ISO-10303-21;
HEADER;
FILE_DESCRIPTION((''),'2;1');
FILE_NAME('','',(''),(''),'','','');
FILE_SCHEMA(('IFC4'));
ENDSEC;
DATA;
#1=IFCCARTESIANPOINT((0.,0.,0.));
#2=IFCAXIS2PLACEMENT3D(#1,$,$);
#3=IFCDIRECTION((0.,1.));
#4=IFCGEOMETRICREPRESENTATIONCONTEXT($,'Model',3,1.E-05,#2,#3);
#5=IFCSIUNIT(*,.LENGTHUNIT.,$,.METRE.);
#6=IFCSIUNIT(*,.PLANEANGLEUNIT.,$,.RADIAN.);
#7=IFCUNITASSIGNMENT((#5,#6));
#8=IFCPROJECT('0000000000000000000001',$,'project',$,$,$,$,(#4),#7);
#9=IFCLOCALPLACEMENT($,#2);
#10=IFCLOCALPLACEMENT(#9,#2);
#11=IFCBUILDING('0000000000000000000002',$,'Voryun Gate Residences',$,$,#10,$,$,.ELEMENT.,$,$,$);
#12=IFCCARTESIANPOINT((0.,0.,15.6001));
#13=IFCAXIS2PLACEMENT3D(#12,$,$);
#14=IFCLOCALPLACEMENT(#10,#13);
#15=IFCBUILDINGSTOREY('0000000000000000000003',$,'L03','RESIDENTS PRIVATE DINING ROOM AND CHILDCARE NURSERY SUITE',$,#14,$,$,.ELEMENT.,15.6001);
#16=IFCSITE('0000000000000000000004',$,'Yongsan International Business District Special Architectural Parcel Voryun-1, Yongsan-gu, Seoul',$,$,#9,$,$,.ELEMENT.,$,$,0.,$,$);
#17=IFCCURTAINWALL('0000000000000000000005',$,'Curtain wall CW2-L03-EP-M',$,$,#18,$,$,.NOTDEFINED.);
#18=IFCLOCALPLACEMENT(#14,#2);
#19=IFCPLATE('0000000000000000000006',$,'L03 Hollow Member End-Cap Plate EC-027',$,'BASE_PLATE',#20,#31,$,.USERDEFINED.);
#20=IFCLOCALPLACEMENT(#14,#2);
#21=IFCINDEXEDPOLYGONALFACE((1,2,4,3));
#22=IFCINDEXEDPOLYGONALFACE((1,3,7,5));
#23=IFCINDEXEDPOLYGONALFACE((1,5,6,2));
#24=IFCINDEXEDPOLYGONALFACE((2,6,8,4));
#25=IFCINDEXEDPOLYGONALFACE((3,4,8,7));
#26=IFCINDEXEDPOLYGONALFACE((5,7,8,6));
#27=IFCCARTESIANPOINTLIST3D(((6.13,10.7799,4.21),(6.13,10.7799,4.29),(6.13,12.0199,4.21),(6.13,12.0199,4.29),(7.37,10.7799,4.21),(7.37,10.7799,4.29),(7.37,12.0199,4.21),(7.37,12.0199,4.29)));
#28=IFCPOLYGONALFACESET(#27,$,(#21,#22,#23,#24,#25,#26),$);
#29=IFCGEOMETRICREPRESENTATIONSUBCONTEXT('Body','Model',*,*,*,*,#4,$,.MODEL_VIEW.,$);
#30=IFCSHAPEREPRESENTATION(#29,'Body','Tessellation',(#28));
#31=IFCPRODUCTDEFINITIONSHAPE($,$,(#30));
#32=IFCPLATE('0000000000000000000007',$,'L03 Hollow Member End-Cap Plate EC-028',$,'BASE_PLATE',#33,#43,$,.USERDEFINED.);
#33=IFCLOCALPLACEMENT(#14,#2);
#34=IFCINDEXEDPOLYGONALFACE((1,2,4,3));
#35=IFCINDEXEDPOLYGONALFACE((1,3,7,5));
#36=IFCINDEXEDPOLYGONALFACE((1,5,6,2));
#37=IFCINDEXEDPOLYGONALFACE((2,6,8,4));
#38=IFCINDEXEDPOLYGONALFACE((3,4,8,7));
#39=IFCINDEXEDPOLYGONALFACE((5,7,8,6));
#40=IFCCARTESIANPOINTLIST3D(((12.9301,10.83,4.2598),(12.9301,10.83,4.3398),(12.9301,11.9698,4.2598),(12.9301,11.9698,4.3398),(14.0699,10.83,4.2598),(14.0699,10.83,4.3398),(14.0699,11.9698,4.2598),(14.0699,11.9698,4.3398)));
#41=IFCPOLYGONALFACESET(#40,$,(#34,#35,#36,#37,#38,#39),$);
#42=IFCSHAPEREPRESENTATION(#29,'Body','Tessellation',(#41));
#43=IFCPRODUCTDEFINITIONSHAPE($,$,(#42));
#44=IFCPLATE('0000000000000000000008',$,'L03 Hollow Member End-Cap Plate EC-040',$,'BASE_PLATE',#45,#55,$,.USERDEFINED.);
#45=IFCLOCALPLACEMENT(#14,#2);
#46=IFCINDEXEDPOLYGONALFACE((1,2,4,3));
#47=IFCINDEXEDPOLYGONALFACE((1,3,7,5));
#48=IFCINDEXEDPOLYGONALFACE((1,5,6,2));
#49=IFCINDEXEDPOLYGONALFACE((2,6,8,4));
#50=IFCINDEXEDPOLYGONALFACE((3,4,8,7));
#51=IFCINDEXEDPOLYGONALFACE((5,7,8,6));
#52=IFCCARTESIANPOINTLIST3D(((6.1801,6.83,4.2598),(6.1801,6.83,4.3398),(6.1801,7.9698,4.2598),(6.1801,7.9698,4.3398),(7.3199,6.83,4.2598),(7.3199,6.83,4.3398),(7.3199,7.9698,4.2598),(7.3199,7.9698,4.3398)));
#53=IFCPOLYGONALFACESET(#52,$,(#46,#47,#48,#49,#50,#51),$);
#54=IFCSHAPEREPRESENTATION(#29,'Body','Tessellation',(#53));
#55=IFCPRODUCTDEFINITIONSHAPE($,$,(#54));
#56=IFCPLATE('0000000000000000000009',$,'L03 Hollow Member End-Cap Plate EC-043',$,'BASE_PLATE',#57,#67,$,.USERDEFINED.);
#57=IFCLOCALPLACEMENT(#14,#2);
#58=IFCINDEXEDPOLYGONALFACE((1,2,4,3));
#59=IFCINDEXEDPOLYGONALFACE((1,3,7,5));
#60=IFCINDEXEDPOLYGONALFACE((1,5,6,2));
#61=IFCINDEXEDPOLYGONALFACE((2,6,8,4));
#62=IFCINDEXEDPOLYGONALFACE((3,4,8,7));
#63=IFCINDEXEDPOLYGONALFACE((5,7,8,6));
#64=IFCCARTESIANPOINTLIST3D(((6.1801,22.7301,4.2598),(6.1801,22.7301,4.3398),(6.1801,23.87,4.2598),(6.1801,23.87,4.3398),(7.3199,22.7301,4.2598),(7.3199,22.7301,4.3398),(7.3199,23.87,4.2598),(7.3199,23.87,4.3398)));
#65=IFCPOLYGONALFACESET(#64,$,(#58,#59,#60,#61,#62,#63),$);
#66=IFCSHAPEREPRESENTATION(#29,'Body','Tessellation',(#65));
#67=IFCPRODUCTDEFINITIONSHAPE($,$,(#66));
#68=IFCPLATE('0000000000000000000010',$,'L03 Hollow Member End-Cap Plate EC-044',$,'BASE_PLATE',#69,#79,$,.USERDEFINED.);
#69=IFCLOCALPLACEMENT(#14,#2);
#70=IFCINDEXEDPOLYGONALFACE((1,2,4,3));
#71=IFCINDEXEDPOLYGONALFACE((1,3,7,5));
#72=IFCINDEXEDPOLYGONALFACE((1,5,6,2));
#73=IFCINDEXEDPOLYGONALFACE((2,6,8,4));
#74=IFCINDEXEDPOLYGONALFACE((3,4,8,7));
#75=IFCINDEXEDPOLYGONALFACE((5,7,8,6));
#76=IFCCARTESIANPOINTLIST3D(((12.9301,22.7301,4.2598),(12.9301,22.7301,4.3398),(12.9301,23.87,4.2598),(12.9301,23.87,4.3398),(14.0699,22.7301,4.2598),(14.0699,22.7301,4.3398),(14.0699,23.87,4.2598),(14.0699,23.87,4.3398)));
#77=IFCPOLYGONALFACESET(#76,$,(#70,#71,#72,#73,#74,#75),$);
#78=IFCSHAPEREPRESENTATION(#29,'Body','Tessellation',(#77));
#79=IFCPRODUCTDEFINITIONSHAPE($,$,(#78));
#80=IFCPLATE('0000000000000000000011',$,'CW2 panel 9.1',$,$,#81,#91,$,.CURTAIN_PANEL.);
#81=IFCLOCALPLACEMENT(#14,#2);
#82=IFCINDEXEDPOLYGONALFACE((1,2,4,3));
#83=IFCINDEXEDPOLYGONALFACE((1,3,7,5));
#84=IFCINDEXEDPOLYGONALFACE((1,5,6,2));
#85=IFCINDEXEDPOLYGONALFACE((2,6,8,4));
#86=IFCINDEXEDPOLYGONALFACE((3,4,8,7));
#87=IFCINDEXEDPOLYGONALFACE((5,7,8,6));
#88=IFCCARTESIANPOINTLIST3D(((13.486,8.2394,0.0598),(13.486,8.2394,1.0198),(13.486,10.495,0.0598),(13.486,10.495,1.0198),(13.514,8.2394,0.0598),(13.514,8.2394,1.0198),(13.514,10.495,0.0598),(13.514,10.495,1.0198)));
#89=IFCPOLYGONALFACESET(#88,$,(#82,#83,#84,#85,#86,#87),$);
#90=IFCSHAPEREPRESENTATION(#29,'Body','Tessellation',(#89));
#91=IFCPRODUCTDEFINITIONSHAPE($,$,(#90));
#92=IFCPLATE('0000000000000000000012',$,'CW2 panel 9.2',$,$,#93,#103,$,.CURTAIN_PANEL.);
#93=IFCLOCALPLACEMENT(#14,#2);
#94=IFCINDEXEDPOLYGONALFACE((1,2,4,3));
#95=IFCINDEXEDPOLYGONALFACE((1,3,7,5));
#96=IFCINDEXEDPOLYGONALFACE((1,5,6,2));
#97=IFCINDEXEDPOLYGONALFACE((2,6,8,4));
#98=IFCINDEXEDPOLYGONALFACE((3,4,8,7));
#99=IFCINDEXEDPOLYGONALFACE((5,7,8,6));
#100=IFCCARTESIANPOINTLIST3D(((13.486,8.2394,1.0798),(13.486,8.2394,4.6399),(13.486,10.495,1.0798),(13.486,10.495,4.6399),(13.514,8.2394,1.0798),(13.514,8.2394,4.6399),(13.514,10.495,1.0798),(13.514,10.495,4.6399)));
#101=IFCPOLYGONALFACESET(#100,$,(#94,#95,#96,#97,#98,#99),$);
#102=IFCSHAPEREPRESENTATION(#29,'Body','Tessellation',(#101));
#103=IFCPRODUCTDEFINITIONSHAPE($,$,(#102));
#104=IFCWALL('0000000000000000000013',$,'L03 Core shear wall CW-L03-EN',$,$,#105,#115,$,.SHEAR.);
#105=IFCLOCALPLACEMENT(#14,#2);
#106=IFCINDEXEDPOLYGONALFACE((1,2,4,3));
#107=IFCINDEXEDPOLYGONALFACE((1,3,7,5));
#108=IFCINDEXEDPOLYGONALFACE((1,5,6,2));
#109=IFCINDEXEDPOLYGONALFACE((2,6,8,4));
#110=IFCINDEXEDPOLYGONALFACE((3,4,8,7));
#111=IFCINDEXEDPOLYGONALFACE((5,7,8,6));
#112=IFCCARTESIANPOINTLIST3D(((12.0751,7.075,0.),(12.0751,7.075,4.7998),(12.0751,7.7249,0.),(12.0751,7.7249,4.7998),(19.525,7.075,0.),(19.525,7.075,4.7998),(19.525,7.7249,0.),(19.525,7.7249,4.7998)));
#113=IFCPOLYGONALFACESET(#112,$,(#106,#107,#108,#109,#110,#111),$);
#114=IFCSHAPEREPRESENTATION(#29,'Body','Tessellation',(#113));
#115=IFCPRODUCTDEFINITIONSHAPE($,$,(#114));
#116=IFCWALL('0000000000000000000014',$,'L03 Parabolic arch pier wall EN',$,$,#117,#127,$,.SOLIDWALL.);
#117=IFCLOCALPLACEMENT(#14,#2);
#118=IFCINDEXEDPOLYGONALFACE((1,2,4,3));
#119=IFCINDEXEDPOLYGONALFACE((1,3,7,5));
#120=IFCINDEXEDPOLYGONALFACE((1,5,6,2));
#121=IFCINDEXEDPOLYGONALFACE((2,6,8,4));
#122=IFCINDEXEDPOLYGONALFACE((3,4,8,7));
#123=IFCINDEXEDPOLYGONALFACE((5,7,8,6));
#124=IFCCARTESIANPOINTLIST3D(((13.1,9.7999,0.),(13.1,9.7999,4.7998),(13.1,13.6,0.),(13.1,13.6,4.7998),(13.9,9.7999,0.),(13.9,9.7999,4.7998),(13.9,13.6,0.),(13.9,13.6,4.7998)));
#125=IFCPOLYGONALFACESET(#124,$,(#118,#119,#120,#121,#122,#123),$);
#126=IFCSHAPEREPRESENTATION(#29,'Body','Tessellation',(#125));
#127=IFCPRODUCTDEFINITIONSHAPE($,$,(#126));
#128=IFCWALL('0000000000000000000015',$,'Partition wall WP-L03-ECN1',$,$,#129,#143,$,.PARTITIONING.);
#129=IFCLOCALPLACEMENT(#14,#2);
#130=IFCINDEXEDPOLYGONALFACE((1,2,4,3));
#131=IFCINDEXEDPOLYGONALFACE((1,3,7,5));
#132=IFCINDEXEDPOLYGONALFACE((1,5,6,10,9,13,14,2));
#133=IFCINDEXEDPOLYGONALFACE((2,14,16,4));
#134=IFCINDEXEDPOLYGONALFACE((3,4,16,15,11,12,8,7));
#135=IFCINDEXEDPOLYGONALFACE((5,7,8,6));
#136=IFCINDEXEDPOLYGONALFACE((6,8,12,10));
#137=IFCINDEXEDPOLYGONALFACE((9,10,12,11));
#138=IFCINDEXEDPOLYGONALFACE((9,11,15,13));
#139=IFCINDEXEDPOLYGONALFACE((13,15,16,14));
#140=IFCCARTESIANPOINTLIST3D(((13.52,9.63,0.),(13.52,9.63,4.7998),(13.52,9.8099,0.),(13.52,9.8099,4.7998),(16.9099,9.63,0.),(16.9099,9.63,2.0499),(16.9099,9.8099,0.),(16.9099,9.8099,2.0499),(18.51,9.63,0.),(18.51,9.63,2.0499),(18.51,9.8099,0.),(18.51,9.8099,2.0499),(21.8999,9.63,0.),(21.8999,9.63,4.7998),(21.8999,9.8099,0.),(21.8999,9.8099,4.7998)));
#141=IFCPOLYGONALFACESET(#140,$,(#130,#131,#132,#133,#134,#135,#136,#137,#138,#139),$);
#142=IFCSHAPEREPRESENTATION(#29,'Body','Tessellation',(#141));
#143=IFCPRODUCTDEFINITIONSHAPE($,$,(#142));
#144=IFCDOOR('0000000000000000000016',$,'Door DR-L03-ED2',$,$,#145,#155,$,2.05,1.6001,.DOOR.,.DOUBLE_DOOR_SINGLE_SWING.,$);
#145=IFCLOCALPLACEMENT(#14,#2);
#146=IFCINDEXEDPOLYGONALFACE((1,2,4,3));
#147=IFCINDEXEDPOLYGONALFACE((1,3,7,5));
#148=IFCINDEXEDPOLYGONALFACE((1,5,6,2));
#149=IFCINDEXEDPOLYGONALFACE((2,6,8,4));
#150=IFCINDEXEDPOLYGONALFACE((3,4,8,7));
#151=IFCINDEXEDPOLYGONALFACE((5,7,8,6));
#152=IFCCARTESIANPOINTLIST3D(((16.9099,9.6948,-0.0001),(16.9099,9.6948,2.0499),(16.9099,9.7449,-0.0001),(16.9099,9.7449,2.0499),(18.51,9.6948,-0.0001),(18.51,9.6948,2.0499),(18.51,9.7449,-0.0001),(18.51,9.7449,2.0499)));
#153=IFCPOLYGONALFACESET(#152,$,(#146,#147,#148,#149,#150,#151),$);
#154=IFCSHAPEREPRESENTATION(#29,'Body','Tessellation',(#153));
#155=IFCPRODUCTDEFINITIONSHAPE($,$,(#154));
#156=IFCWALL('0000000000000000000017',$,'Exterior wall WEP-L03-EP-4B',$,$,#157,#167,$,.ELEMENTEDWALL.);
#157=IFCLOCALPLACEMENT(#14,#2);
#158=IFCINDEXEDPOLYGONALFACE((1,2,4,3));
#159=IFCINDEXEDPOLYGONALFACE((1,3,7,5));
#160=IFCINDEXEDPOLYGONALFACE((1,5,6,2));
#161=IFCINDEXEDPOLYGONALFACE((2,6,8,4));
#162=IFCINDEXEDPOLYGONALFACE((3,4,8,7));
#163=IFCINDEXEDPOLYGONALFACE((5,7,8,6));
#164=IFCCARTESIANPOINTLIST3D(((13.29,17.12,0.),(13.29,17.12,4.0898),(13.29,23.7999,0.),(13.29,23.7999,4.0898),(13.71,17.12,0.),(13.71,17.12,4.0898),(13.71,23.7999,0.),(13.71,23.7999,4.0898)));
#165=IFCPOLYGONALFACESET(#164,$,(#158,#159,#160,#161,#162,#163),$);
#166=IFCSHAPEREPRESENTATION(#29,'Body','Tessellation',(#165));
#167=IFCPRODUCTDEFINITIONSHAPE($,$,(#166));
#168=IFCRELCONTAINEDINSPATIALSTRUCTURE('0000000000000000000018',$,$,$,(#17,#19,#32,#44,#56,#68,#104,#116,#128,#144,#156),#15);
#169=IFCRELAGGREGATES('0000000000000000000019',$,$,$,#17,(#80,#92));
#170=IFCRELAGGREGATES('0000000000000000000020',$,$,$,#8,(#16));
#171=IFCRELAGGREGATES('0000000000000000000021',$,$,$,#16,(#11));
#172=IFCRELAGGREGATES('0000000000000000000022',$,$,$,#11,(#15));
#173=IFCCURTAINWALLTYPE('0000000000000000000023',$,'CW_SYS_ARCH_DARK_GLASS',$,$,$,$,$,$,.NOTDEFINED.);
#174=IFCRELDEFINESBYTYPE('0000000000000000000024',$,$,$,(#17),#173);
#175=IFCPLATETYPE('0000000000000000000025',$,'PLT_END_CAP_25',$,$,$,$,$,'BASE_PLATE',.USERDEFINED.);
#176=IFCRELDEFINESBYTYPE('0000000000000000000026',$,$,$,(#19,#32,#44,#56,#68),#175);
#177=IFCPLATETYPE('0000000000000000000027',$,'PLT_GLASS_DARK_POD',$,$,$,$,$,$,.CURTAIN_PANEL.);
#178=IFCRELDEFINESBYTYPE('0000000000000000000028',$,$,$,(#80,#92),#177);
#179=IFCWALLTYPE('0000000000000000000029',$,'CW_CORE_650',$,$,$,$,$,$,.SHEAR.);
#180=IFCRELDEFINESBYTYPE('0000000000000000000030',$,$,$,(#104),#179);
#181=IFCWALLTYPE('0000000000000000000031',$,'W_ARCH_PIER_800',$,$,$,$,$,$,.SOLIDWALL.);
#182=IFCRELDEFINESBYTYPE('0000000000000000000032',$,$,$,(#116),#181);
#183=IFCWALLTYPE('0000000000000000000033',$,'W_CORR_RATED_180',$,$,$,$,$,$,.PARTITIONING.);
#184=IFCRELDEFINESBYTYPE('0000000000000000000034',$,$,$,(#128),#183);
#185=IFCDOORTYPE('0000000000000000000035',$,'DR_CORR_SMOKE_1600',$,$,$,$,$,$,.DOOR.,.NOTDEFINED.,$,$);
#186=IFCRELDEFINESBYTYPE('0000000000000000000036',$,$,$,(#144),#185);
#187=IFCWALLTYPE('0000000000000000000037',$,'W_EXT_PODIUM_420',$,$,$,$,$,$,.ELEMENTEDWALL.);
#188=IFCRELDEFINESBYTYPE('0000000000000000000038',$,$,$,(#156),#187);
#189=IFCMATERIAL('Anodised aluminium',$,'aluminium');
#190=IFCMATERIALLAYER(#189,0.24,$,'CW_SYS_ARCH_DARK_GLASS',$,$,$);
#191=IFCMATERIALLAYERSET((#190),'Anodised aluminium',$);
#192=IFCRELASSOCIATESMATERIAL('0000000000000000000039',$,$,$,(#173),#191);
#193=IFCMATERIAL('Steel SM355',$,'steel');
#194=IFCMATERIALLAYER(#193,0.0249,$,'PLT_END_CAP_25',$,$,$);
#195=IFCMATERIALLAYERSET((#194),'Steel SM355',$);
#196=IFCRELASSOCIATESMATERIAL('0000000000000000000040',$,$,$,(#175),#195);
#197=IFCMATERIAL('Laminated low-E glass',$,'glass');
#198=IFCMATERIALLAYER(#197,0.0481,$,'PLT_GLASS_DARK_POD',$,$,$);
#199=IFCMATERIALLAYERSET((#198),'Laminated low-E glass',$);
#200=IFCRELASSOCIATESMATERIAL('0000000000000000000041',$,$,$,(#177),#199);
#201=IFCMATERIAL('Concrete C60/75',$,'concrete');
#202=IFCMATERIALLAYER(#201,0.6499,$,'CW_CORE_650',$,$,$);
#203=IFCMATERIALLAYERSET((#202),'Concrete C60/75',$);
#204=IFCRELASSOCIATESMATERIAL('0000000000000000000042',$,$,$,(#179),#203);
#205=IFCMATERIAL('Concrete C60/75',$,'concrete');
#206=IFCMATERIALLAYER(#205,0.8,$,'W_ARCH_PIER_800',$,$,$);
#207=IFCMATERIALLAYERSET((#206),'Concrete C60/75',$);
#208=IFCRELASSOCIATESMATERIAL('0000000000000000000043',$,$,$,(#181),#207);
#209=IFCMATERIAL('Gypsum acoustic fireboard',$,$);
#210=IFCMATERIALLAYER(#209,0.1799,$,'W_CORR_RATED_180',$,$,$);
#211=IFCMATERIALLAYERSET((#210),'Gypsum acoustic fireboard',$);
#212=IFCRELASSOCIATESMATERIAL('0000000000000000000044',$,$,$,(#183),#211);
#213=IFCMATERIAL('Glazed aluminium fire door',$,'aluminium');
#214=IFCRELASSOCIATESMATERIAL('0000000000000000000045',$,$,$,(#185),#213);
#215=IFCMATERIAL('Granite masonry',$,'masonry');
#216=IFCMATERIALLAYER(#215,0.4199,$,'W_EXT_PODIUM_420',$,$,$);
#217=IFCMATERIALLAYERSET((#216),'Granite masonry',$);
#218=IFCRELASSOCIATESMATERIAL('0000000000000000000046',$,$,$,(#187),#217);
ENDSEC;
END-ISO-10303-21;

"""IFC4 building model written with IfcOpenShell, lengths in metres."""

from ifc_helpers import new_model, si_unit, direction, frame, frame_2d, origin, origin_2d, place, context, subcontext, project, spatial, rectangle, extrude, material, layer, layer_set, type_object, element, fill, aggregate, save


model = new_model("IFC4")

# Units and contexts
model_context = context("Model", 3, precision=1e-05, world=origin(), true_north=direction((0.0, 1.0)))
body_context = subcontext(model_context, "Body", "Model", "MODEL_VIEW")
ifc_project = project(units=[si_unit("LENGTHUNIT", "METRE"), si_unit("PLANEANGLEUNIT", "RADIAN")], contexts=[model_context])

# Site, building, storey
site_placement = place(None, origin())
site = spatial("IfcSite", under=ifc_project, at=site_placement, Name="Yongsan International Business District Special Architectural Parcel Voryun-1, Yongsan-gu, Seoul", CompositionType="ELEMENT", RefElevation=0.0)
building_placement = place(site_placement, origin())
building = spatial("IfcBuilding", under=site, at=building_placement, Name="Voryun Gate Residences", CompositionType="ELEMENT")
storey_placement = place(building_placement, frame((0.0, 0.0, 15.6001)))
storey = spatial("IfcBuildingStorey", under=building, at=storey_placement, Name="L03", Description="RESIDENTS PRIVATE DINING ROOM AND CHILDCARE NURSERY SUITE", CompositionType="ELEMENT", Elevation=15.6001)

# Curtain wall
ifc_material_1 = material(Name="Anodised aluminium", Category="aluminium")
ifc_layer_1 = layer(ifc_material_1, 0.24, Name="CW_SYS_ARCH_DARK_GLASS")
ifc_layer_set_1 = layer_set([ifc_layer_1], Name="Anodised aluminium")
curtain_wall_type = type_object("IfcCurtainWallType", Name="CW_SYS_ARCH_DARK_GLASS", PredefinedType="NOTDEFINED", material=ifc_layer_set_1)
curtain_wall_placement = place(storey_placement, origin())
curtain_wall = element("IfcCurtainWall", 1, at=curtain_wall_placement, inside=storey, type_object=curtain_wall_type, Name="Curtain wall CW2-L03-EP-M", PredefinedType="NOTDEFINED")

# Plates
ifc_material_2 = material(Name="Steel SM355", Category="steel")
ifc_layer_2 = layer(ifc_material_2, 0.0249, Name="PLT_END_CAP_25")
ifc_layer_set_2 = layer_set([ifc_layer_2], Name="Steel SM355")
plate_type_1 = type_object("IfcPlateType", Name="PLT_END_CAP_25", ElementType="BASE_PLATE", PredefinedType="USERDEFINED", material=ifc_layer_set_2)
plate_1_placement = place(storey_placement, frame((6.75, 11.3999, 4.21), z_axis=(0.0, 0.0, 1.0), x_axis=(1.0, 0.0, 0.0)))
element("IfcPlate", 2, at=plate_1_placement, inside=storey, type_object=plate_type_1, Name="L03 Hollow Member End-Cap Plate EC-027", ObjectType="BASE_PLATE", PredefinedType="USERDEFINED", context=body_context, shape_type="SweptSolid", body=[
    extrude(rectangle(XDim=1.24, YDim=1.24, at=origin_2d()), origin(), (0.0, 0.0, 1.0), 0.0801),
])
for number, where, z_axis, x_axis, name in (
    (3, (13.5, 11.3999, 4.2598), (0.0, 0.0, 1.0), (1.0, 0.0, 0.0), "L03 Hollow Member End-Cap Plate EC-028"),
    (4, (6.75, 7.3999, 4.2598), (0.0, 0.0, 1.0), (1.0, 0.0, 0.0), "L03 Hollow Member End-Cap Plate EC-040"),
    (5, (6.75, 23.3, 4.2598), (0.0, 0.0, 1.0), (1.0, 0.0, 0.0), "L03 Hollow Member End-Cap Plate EC-043"),
    (6, (13.5, 23.3, 4.2598), (0.0, 0.0, 1.0), (1.0, 0.0, 0.0), "L03 Hollow Member End-Cap Plate EC-044"),
):
    element("IfcPlate", number, at=place(storey_placement, frame(where, z_axis=z_axis, x_axis=x_axis)), inside=storey, type_object=plate_type_1, Name=name, ObjectType="BASE_PLATE", PredefinedType="USERDEFINED", context=body_context, shape_type="SweptSolid", body=[
        extrude(rectangle(XDim=1.1399, YDim=1.1399, at=origin_2d()), origin(), (0.0, 0.0, 1.0), 0.0801),
    ])

# Plates
ifc_material_3 = material(Name="Laminated low-E glass", Category="glass")
ifc_layer_3 = layer(ifc_material_3, 0.0481, Name="PLT_GLASS_DARK_POD")
ifc_layer_set_3 = layer_set([ifc_layer_3], Name="Laminated low-E glass")
plate_type_2 = type_object("IfcPlateType", Name="PLT_GLASS_DARK_POD", PredefinedType="CURTAIN_PANEL", material=ifc_layer_set_3)
plate_2_placement = place(storey_placement, frame((13.5, 9.3672, 0.0598), z_axis=(0.0, 0.0, 1.0), x_axis=(0.0, 1.0, 0.0)))
plate_2 = element("IfcPlate", 7, at=plate_2_placement, type_object=plate_type_2, Name="CW2 panel 9.1", PredefinedType="CURTAIN_PANEL", context=body_context, shape_type="SweptSolid", body=[
    extrude(rectangle(XDim=2.2556, YDim=0.0281, at=origin_2d()), origin(), (0.0, 0.0, 1.0), 0.96),
])
plate_3_placement = place(storey_placement, frame((13.5, 9.3672, 1.0798), z_axis=(0.0, 0.0, 1.0), x_axis=(0.0, 1.0, 0.0)))
plate_3 = element("IfcPlate", 8, at=plate_3_placement, type_object=plate_type_2, Name="CW2 panel 9.2", PredefinedType="CURTAIN_PANEL", context=body_context, shape_type="SweptSolid", body=[
    extrude(rectangle(XDim=2.2556, YDim=0.0281, at=origin_2d()), origin(), (0.0, 0.0, 1.0), 3.5601),
])
aggregate(curtain_wall, [plate_2, plate_3])

# Walls
ifc_material_4 = material(Name="Concrete C60/75", Category="concrete")
ifc_layer_4 = layer(ifc_material_4, 0.6499, Name="CW_CORE_650")
ifc_layer_set_4 = layer_set([ifc_layer_4], Name="Concrete C60/75")
wall_type_1 = type_object("IfcWallType", Name="CW_CORE_650", PredefinedType="SHEAR", material=ifc_layer_set_4)
wall_1_placement = place(storey_placement, frame((12.075, 7.3999, 0.0), z_axis=(0.0, 0.0, 1.0), x_axis=(1.0, 0.0, 0.0)))
element("IfcWall", 9, at=wall_1_placement, inside=storey, type_object=wall_type_1, Name="L03 Core shear wall CW-L03-EN", PredefinedType="SHEAR", context=body_context, shape_type="SweptSolid", body=[
    extrude(rectangle(XDim=7.45, YDim=0.6499, at=frame_2d((3.7251, 0.0))), origin(), (0.0, 0.0, 1.0), 4.7998),
])
ifc_material_5 = material(Name="Concrete C60/75", Category="concrete")
ifc_layer_5 = layer(ifc_material_5, 0.8, Name="W_ARCH_PIER_800")
ifc_layer_set_5 = layer_set([ifc_layer_5], Name="Concrete C60/75")
wall_type_2 = type_object("IfcWallType", Name="W_ARCH_PIER_800", PredefinedType="SOLIDWALL", material=ifc_layer_set_5)
wall_2_placement = place(storey_placement, frame((13.5, 9.8, 0.0), z_axis=(0.0, 0.0, 1.0), x_axis=(0.0, 1.0, 0.0)))
element("IfcWall", 10, at=wall_2_placement, inside=storey, type_object=wall_type_2, Name="L03 Parabolic arch pier wall EN", PredefinedType="SOLIDWALL", context=body_context, shape_type="SweptSolid", body=[
    extrude(rectangle(XDim=3.8, YDim=0.8, at=frame_2d((1.8999, 0.0))), origin(), (0.0, 0.0, 1.0), 4.7998),
])

# Wall, opening, door
ifc_material_6 = material(Name="Gypsum acoustic fireboard")
ifc_layer_6 = layer(ifc_material_6, 0.1799, Name="W_CORR_RATED_180")
ifc_layer_set_6 = layer_set([ifc_layer_6], Name="Gypsum acoustic fireboard")
wall_type_3 = type_object("IfcWallType", Name="W_CORR_RATED_180", PredefinedType="PARTITIONING", material=ifc_layer_set_6)
wall_3_placement = place(storey_placement, frame((13.52, 9.72, 0.0), z_axis=(0.0, 0.0, 1.0), x_axis=(1.0, 0.0, 0.0)))
wall_3 = element("IfcWall", 11, at=wall_3_placement, inside=storey, type_object=wall_type_3, Name="Partition wall WP-L03-ECN1", PredefinedType="PARTITIONING", context=body_context, shape_type="SweptSolid", body=[
    extrude(rectangle(XDim=8.3799, YDim=0.1799, at=frame_2d((4.1899, 0.0))), origin(), (0.0, 0.0, 1.0), 4.7998),
])
opening_placement = place(wall_3_placement, frame((3.3899, 0.0, 0.0)))
opening = element("IfcOpeningElement", 12, at=opening_placement, cuts=wall_3, PredefinedType="OPENING", context=body_context, shape_type="SweptSolid", body=[
    extrude(rectangle(XDim=1.6001, YDim=2.05, at=frame_2d((0.8, 1.0249))), frame((0.0, 0.0999, 0.0), z_axis=(0.0, -1.0, 0.0), x_axis=(1.0, 0.0, 0.0)), (0.0, 0.0, 1.0), 0.2),
])
ifc_material_7 = material(Name="Glazed aluminium fire door", Category="aluminium")
door_type = type_object("IfcDoorType", Name="DR_CORR_SMOKE_1600", OperationType="NOTDEFINED", PredefinedType="DOOR", material=ifc_material_7)
door_placement = place(opening_placement, origin())
door = element("IfcDoor", 13, at=door_placement, inside=storey, type_object=door_type, Name="Door DR-L03-ED2", OperationType="DOUBLE_DOOR_SINGLE_SWING", OverallHeight=2.05, OverallWidth=1.6001, PredefinedType="DOOR", context=body_context, shape_type="SweptSolid", body=[
    extrude(rectangle(XDim=1.6001, YDim=2.05, at=frame_2d((0.8, 1.0249))), frame((0.0, 0.0249, 0.0), z_axis=(0.0, -1.0, 0.0), x_axis=(1.0, 0.0, 0.0)), (0.0, 0.0, 1.0), 0.05),
])
fill(opening, door)

# Wall
ifc_material_8 = material(Name="Granite masonry", Category="masonry")
ifc_layer_7 = layer(ifc_material_8, 0.4199, Name="W_EXT_PODIUM_420")
ifc_layer_set_7 = layer_set([ifc_layer_7], Name="Granite masonry")
wall_type_4 = type_object("IfcWallType", Name="W_EXT_PODIUM_420", PredefinedType="ELEMENTEDWALL", material=ifc_layer_set_7)
wall_4_placement = place(storey_placement, frame((13.5, 17.1201, 0.0), z_axis=(0.0, 0.0, 1.0), x_axis=(0.0, 1.0, 0.0)))
element("IfcWall", 14, at=wall_4_placement, inside=storey, type_object=wall_type_4, Name="Exterior wall WEP-L03-EP-4B", PredefinedType="ELEMENTEDWALL", context=body_context, shape_type="SweptSolid", body=[
    extrude(rectangle(XDim=6.6799, YDim=0.4199, at=frame_2d((3.3398, 0.0))), origin(), (0.0, 0.0, 1.0), 4.0898),
])

save(model, "model.ifc")
